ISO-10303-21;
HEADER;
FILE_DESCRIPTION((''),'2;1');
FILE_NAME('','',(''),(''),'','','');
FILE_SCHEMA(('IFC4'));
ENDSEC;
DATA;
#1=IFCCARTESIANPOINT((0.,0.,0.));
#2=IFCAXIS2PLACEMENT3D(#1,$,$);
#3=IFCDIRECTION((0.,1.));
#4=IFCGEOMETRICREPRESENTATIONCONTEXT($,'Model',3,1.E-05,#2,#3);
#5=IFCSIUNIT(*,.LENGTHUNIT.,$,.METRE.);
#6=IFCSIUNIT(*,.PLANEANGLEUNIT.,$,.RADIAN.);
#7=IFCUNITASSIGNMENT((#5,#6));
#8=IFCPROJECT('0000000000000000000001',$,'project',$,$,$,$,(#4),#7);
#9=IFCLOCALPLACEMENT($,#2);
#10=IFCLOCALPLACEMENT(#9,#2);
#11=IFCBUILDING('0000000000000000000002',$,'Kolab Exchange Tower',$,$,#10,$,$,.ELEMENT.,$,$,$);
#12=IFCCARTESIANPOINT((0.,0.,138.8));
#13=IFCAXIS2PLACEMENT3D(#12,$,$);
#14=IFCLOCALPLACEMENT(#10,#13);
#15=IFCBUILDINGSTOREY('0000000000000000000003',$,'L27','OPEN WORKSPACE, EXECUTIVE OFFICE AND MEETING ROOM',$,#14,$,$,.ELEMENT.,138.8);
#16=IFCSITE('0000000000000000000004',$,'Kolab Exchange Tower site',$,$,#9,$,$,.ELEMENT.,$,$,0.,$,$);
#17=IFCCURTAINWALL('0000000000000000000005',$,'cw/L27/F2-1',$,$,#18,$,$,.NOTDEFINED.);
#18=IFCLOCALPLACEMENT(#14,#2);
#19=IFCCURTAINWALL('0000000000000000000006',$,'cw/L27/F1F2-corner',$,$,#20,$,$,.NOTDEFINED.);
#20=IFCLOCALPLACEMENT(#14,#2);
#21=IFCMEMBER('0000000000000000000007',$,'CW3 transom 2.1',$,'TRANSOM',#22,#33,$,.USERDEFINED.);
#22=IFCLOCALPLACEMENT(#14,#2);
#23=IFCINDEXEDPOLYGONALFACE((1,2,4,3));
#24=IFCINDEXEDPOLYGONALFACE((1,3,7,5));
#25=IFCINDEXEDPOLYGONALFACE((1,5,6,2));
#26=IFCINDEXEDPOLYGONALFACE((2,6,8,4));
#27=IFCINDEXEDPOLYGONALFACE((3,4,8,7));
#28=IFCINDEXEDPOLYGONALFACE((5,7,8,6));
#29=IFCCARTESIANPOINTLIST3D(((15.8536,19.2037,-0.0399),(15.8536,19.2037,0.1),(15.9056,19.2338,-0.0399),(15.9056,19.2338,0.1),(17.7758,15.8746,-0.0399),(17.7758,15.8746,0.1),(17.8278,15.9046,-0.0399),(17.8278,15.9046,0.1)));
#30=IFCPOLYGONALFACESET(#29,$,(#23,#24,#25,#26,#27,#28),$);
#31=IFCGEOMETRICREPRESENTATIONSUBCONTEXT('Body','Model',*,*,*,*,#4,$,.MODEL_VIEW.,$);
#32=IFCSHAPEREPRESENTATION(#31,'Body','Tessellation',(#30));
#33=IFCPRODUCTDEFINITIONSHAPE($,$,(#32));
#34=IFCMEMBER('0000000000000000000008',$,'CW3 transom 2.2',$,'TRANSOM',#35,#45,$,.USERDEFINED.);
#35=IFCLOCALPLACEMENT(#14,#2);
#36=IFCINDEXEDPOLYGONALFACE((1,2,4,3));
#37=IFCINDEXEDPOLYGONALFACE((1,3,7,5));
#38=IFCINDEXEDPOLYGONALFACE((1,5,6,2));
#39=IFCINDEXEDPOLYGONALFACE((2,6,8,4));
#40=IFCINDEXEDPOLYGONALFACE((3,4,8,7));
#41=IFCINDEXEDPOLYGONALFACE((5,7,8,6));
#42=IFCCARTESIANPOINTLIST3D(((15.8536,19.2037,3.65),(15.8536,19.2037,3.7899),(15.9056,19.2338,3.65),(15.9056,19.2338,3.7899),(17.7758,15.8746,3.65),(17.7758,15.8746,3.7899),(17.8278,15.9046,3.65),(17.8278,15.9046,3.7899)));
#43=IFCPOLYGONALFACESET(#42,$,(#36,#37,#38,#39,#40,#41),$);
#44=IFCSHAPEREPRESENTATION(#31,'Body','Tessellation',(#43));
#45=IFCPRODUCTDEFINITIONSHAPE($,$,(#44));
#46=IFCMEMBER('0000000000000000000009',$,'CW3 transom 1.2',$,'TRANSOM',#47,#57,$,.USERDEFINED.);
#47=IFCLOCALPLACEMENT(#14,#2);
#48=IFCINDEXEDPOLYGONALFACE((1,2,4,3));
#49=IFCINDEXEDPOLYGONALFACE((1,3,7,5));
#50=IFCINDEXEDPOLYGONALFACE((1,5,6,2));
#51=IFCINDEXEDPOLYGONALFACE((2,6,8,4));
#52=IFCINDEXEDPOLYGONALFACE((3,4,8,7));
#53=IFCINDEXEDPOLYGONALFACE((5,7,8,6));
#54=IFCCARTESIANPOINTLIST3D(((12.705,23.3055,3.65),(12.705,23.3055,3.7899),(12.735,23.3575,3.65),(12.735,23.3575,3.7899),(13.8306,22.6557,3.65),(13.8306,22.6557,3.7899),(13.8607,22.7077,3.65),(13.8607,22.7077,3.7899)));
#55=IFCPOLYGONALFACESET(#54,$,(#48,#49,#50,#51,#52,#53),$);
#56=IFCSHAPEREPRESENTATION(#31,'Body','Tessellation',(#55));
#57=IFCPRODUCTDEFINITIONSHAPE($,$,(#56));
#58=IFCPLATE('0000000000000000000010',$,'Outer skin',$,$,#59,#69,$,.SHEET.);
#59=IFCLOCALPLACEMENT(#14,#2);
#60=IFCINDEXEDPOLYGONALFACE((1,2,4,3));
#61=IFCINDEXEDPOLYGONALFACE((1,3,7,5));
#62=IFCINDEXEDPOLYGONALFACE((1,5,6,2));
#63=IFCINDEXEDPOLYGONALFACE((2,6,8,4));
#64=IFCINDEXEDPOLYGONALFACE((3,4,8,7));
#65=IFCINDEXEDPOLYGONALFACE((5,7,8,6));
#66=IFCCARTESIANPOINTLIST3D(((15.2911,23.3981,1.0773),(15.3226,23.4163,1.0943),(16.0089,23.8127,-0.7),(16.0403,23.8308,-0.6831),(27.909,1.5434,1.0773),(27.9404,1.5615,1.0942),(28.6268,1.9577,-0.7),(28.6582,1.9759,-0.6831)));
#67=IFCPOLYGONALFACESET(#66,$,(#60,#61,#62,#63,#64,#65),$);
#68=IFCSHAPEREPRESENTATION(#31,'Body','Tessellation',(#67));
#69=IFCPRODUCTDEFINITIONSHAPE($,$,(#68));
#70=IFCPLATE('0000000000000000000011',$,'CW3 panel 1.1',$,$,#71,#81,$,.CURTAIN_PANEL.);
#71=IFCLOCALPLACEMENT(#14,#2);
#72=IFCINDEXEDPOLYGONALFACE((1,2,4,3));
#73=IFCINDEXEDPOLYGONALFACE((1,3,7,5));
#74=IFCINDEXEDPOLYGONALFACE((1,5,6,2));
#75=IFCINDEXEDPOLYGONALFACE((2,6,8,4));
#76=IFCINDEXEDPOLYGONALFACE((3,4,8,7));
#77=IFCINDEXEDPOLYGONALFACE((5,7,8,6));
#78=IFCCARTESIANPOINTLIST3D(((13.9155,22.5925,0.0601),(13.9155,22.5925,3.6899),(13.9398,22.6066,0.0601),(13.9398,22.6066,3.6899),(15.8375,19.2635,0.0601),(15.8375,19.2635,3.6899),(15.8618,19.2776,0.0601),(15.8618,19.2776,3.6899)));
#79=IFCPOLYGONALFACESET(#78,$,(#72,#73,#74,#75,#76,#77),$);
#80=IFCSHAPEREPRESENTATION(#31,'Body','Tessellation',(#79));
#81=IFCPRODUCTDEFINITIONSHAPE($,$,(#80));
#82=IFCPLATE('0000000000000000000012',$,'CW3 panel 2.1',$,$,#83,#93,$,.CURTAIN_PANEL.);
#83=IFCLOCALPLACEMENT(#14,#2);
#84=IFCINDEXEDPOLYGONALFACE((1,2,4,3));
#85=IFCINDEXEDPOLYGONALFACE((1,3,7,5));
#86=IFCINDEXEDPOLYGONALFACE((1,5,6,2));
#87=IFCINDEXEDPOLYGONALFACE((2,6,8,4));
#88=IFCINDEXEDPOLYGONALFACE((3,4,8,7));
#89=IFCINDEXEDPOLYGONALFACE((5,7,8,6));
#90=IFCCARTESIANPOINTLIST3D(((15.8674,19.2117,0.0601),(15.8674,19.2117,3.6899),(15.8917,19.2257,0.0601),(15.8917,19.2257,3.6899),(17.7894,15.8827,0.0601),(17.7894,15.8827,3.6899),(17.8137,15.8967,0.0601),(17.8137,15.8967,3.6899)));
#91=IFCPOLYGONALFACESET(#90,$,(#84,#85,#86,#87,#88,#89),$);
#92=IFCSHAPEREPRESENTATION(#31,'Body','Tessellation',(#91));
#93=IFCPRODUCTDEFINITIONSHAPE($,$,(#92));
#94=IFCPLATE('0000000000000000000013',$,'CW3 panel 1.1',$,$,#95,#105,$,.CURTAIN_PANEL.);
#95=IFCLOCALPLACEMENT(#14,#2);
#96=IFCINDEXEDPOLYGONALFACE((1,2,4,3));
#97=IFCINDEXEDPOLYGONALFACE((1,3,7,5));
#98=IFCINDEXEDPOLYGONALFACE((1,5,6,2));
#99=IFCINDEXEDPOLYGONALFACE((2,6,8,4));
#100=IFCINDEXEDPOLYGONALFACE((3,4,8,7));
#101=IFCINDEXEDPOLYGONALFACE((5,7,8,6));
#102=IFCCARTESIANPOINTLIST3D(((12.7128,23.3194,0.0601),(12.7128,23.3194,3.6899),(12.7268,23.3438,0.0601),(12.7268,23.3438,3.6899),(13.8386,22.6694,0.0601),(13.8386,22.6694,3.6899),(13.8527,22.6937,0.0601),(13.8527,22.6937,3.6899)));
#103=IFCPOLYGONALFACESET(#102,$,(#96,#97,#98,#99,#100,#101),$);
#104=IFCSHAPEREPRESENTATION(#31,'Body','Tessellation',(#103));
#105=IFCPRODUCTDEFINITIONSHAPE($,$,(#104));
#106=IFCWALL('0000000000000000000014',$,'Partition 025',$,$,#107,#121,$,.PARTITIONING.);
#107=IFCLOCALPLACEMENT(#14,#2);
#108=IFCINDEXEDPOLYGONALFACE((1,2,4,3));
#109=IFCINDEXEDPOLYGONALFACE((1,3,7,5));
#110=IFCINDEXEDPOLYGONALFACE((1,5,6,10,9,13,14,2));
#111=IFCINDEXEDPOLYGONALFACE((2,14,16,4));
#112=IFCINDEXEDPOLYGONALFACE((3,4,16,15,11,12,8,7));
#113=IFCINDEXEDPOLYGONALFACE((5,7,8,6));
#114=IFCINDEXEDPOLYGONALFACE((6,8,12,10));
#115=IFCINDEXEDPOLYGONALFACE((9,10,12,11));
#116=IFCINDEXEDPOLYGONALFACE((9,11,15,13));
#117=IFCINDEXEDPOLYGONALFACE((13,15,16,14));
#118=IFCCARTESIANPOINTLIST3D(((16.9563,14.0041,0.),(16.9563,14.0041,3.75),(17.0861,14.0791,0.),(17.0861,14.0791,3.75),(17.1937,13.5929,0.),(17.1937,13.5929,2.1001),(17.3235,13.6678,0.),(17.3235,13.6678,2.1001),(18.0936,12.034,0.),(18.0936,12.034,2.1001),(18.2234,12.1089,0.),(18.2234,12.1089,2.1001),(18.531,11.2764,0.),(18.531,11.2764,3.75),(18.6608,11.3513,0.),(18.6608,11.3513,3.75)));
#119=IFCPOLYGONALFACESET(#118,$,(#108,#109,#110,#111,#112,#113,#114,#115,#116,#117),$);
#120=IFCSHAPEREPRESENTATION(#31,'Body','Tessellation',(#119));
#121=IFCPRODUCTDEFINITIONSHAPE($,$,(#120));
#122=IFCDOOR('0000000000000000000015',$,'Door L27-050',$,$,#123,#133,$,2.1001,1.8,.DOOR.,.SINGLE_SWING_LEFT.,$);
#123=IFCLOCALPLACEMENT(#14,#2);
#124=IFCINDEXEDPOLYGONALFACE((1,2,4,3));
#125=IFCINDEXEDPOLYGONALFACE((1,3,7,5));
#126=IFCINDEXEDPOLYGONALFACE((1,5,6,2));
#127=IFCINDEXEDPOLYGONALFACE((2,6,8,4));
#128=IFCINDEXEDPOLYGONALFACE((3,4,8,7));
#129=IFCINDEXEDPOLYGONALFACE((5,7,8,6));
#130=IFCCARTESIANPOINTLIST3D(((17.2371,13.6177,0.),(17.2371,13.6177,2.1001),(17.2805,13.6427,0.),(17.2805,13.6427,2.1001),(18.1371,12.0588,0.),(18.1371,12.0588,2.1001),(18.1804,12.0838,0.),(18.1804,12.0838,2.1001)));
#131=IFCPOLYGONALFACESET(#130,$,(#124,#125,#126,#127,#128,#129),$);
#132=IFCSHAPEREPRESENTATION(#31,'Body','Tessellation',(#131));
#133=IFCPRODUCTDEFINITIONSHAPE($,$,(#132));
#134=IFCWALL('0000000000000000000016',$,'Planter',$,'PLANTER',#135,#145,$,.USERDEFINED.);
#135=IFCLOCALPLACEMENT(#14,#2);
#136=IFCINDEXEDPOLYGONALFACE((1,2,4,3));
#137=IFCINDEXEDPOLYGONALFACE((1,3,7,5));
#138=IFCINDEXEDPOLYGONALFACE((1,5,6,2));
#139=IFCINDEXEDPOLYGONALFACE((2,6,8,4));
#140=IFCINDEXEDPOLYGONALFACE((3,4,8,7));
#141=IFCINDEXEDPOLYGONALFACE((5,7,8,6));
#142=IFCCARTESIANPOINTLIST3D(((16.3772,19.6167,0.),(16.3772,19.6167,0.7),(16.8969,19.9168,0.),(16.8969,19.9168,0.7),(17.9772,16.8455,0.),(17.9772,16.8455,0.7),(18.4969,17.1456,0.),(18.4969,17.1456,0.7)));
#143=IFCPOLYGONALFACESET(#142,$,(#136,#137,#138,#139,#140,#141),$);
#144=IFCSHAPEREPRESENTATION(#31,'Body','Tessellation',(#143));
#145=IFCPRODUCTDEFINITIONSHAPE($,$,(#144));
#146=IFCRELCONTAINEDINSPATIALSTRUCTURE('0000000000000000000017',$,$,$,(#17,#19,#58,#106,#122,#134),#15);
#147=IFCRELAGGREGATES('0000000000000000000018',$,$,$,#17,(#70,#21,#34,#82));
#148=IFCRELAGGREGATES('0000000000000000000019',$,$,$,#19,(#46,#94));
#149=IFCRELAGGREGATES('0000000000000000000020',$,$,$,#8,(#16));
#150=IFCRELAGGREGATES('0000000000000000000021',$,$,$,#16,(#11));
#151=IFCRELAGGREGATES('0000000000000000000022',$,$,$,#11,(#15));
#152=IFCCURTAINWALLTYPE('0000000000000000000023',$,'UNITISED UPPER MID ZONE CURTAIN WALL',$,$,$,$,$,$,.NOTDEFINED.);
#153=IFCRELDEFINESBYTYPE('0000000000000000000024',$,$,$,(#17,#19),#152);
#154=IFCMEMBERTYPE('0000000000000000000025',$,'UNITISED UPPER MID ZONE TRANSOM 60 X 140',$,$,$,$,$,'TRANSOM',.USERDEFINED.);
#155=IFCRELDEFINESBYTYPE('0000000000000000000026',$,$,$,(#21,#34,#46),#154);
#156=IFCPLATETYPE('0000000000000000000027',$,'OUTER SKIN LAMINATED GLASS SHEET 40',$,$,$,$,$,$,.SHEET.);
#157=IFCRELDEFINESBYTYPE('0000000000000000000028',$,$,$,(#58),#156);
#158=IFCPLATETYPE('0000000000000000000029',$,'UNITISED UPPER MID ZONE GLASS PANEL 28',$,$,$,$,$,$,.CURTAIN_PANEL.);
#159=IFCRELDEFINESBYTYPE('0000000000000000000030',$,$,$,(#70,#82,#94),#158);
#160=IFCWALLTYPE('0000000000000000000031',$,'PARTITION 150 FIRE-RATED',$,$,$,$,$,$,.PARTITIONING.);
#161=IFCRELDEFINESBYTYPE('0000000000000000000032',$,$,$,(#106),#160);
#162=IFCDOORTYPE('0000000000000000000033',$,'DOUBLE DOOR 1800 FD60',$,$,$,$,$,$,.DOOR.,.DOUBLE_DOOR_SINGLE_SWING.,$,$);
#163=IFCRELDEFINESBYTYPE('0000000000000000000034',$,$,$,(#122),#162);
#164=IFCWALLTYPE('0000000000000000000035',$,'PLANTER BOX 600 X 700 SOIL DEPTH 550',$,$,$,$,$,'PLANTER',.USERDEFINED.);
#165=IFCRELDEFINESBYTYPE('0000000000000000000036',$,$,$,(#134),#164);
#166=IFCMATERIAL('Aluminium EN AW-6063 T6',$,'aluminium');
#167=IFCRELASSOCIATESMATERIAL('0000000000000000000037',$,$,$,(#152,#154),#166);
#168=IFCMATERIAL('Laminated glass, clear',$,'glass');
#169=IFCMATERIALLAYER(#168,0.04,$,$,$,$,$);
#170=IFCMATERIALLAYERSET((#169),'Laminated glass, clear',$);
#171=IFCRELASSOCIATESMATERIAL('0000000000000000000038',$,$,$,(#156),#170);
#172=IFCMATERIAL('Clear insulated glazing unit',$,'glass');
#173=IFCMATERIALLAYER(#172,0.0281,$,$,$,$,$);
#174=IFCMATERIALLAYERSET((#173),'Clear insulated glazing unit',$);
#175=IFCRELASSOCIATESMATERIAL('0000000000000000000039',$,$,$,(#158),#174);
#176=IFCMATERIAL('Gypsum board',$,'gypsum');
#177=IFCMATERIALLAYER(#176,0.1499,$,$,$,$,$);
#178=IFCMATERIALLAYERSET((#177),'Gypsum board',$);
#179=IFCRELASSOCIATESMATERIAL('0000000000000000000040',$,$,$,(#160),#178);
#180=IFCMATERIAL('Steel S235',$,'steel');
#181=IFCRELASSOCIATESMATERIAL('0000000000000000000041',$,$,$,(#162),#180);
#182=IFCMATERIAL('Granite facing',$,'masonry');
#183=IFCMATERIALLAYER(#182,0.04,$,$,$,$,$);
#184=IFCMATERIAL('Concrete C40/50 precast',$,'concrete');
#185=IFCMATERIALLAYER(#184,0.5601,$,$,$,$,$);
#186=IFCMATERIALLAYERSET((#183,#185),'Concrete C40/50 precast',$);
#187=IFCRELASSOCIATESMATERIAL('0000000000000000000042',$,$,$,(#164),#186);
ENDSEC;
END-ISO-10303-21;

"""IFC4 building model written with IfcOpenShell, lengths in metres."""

from ifc_helpers import new_model, si_unit, direction, frame, frame_2d, origin, origin_2d, place, context, subcontext, project, spatial, polyline, rectangle, outline, extrude, material, layer, layer_set, material_profile, profile_set, type_object, element, fill, aggregate, save


model = new_model("IFC4")

# Units and contexts
model_context = context("Model", 3, precision=1e-05, world=origin(), true_north=direction((0.0, 1.0)))
body_context = subcontext(model_context, "Body", "Model", "MODEL_VIEW")
ifc_project = project(units=[si_unit("LENGTHUNIT", "METRE"), si_unit("PLANEANGLEUNIT", "RADIAN")], contexts=[model_context])

# Site, building, storey
site_placement = place(None, origin())
site = spatial("IfcSite", under=ifc_project, at=site_placement, Name="Kolab Exchange Tower site", CompositionType="ELEMENT", RefElevation=0.0)
building_placement = place(site_placement, origin())
building = spatial("IfcBuilding", under=site, at=building_placement, Name="Kolab Exchange Tower", CompositionType="ELEMENT")
storey_placement = place(building_placement, frame((0.0, 0.0, 138.8)))
storey = spatial("IfcBuildingStorey", under=building, at=storey_placement, Name="L27", Description="OPEN WORKSPACE, EXECUTIVE OFFICE AND MEETING ROOM", CompositionType="ELEMENT", Elevation=138.8)

# Curtain wall
ifc_material_1 = material(Name="Aluminium EN AW-6063 T6", Category="aluminium")
curtain_wall_type = type_object("IfcCurtainWallType", Name="UNITISED UPPER MID ZONE CURTAIN WALL", PredefinedType="NOTDEFINED", material=ifc_material_1)
curtain_wall_1_placement = place(storey_placement, origin())
curtain_wall_1 = element("IfcCurtainWall", 1, at=curtain_wall_1_placement, inside=storey, type_object=curtain_wall_type, Name="cw/L27/F2-1", PredefinedType="NOTDEFINED")

# Curtain wall
curtain_wall_2_placement = place(storey_placement, origin())
curtain_wall_2 = element("IfcCurtainWall", 2, at=curtain_wall_2_placement, inside=storey, type_object=curtain_wall_type, Name="cw/L27/F1F2-corner", PredefinedType="NOTDEFINED")

# Members
ifc_material_profile_1 = material_profile(ifc_material_1, rectangle(XDim=0.0601, YDim=0.1399, at=origin_2d()), Name="RECT 60X140")
ifc_profile_set_1 = profile_set([ifc_material_profile_1], Name="Aluminium EN AW-6063 T6")
member_type_1 = type_object("IfcMemberType", Name="UNITISED UPPER MID ZONE TRANSOM 60 X 140", ElementType="TRANSOM", PredefinedType="USERDEFINED", material=ifc_profile_set_1)
member_1_placement = place(storey_placement, frame((15.8796, 19.2188, 0.03), z_axis=(0.500012, -0.866018, 0.0), x_axis=(0.866018, 0.500012, 0.0)))
member_1 = element("IfcMember", 3, at=member_1_placement, type_object=member_type_1, Name="CW3 transom 2.1", ObjectType="TRANSOM", PredefinedType="USERDEFINED", context=body_context, shape_type="SweptSolid", body=[
    extrude(rectangle(XDim=0.0601, YDim=0.1399, at=origin_2d()), origin(), (0.0, 0.0, 1.0), 3.8442),
])
member_2_placement = place(storey_placement, frame((15.8796, 19.2188, 3.72), z_axis=(0.500012, -0.866018, 0.0), x_axis=(0.866018, 0.500012, 0.0)))
member_2 = element("IfcMember", 4, at=member_2_placement, type_object=member_type_1, Name="CW3 transom 2.2", ObjectType="TRANSOM", PredefinedType="USERDEFINED", context=body_context, shape_type="SweptSolid", body=[
    extrude(rectangle(XDim=0.0601, YDim=0.1399, at=origin_2d()), origin(), (0.0, 0.0, 1.0), 3.8442),
])
member_3_placement = place(storey_placement, frame((12.72, 23.3315, 3.72), z_axis=(0.866039, -0.499977, 0.0), x_axis=(0.499977, 0.866039, 0.0)))
member_3 = element("IfcMember", 5, at=member_3_placement, type_object=member_type_1, Name="CW3 transom 1.2", ObjectType="TRANSOM", PredefinedType="USERDEFINED", context=body_context, shape_type="SweptSolid", body=[
    extrude(rectangle(XDim=0.0601, YDim=0.1399, at=origin_2d()), origin(), (0.0, 0.0, 1.0), 1.2998),
])

# Plates
ifc_material_2 = material(Name="Laminated glass, clear", Category="glass")
ifc_layer_1 = layer(ifc_material_2, 0.04)
ifc_layer_set_1 = layer_set([ifc_layer_1], Name="Laminated glass, clear")
plate_type_1 = type_object("IfcPlateType", Name="OUTER SKIN LAMINATED GLASS SHEET 40", PredefinedType="SHEET", material=ifc_layer_set_1)
plate_1_placement = place(storey_placement, frame((16.0403, 23.8308, -0.6831), z_axis=(0.784879, 0.453151, 0.422633), x_axis=(0.5, -0.866025, 0.000001)))
element("IfcPlate", 6, at=plate_1_placement, inside=storey, type_object=plate_type_1, Name="Outer skin", PredefinedType="SHEET", context=body_context, shape_type="SweptSolid", body=[
    extrude(outline(polyline([(0.0, 0.0), (25.2359, 0.0), (25.2358, -1.9611), (0.0001, -1.9611), (0.0, 0.0)])), origin(), (0.0, 0.0, -1.0), 0.04),
])
ifc_material_3 = material(Name="Clear insulated glazing unit", Category="glass")
ifc_layer_2 = layer(ifc_material_3, 0.0281)
ifc_layer_set_2 = layer_set([ifc_layer_2], Name="Clear insulated glazing unit")
plate_type_2 = type_object("IfcPlateType", Name="UNITISED UPPER MID ZONE GLASS PANEL 28", PredefinedType="CURTAIN_PANEL", material=ifc_layer_set_2)
plate_2_placement = place(storey_placement, frame((14.8887, 20.9351, 0.0601), z_axis=(0.0, 0.0, 1.0), x_axis=(0.5, -0.866025, 0.0)))
plate_2 = element("IfcPlate", 7, at=plate_2_placement, type_object=plate_type_2, Name="CW3 panel 1.1", PredefinedType="CURTAIN_PANEL", context=body_context, shape_type="SweptSolid", body=[
    extrude(rectangle(XDim=3.844, YDim=0.0281, at=origin_2d()), origin(), (0.0, 0.0, 1.0), 3.6299),
])
plate_3_placement = place(storey_placement, frame((16.8406, 17.5542, 0.0601), z_axis=(0.0, 0.0, 1.0), x_axis=(0.5, -0.866025, 0.0)))
plate_3 = element("IfcPlate", 8, at=plate_3_placement, type_object=plate_type_2, Name="CW3 panel 2.1", PredefinedType="CURTAIN_PANEL", context=body_context, shape_type="SweptSolid", body=[
    extrude(rectangle(XDim=3.844, YDim=0.0281, at=origin_2d()), origin(), (0.0, 0.0, 1.0), 3.6299),
])
aggregate(curtain_wall_1, [plate_2, member_1, member_2, plate_3])
plate_4_placement = place(storey_placement, frame((13.2827, 23.0066, 0.0601), z_axis=(0.0, 0.0, 1.0), x_axis=(0.866025, -0.5, 0.0)))
plate_4 = element("IfcPlate", 9, at=plate_4_placement, type_object=plate_type_2, Name="CW3 panel 1.1", PredefinedType="CURTAIN_PANEL", context=body_context, shape_type="SweptSolid", body=[
    extrude(rectangle(XDim=1.3, YDim=0.0281, at=origin_2d()), origin(), (0.0, 0.0, 1.0), 3.6299),
])
aggregate(curtain_wall_2, [member_3, plate_4])

# Wall, opening, door
ifc_material_4 = material(Name="Gypsum board", Category="gypsum")
ifc_layer_3 = layer(ifc_material_4, 0.1499)
ifc_layer_set_3 = layer_set([ifc_layer_3], Name="Gypsum board")
wall_type_1 = type_object("IfcWallType", Name="PARTITION 150 FIRE-RATED", PredefinedType="PARTITIONING", material=ifc_layer_set_3)
wall_1_placement = place(storey_placement, frame((17.0212, 14.0415, 0.0), z_axis=(0.0, 0.0, 1.0), x_axis=(0.499957, -0.86605, 0.0)))
wall_1 = element("IfcWall", 10, at=wall_1_placement, inside=storey, type_object=wall_type_1, Name="Partition 025", PredefinedType="PARTITIONING", context=body_context, shape_type="SweptSolid", body=[
    extrude(rectangle(XDim=3.1497, YDim=0.1499, at=frame_2d((1.5747, 0.0))), origin(), (0.0, 0.0, 1.0), 3.75),
])
opening_1_placement = place(wall_1_placement, frame((0.4749, 0.0, 0.0)))
opening_1 = element("IfcOpeningElement", 11, at=opening_1_placement, cuts=wall_1, PredefinedType="OPENING", context=body_context, shape_type="SweptSolid", body=[
    extrude(rectangle(XDim=1.8, YDim=2.1001, at=frame_2d((0.8999, 1.05))), frame((0.0, 0.085, 0.0), z_axis=(0.0, -1.0, 0.0), x_axis=(1.0, 0.0, 0.0)), (0.0, 0.0, 1.0), 0.1699),
])
ifc_material_5 = material(Name="Steel S235", Category="steel")
door_type_1 = type_object("IfcDoorType", Name="DOUBLE DOOR 1800 FD60", OperationType="DOUBLE_DOOR_SINGLE_SWING", PredefinedType="DOOR", material=ifc_material_5)
door_1_placement = place(opening_1_placement, frame((1.8, 0.0, 0.0), z_axis=(0.0, 0.0, 1.0), x_axis=(-1.0, 0.0, 0.0)))
door_1 = element("IfcDoor", 12, at=door_1_placement, inside=storey, type_object=door_type_1, Name="Door L27-050", OperationType="SINGLE_SWING_LEFT", OverallHeight=2.1001, OverallWidth=1.8, PredefinedType="DOOR", context=body_context, shape_type="SweptSolid", body=[
    extrude(rectangle(XDim=1.8, YDim=2.1001, at=frame_2d((0.8999, 1.05))), frame((0.0, 0.0249, 0.0), z_axis=(0.0, -1.0, 0.0), x_axis=(1.0, 0.0, 0.0)), (0.0, 0.0, 1.0), 0.05),
])
fill(opening_1, door_1)

# Wall
ifc_material_6 = material(Name="Granite facing", Category="masonry")
ifc_layer_4 = layer(ifc_material_6, 0.04)
ifc_material_7 = material(Name="Concrete C40/50 precast", Category="concrete")
ifc_layer_5 = layer(ifc_material_7, 0.5601)
ifc_layer_set_4 = layer_set([ifc_layer_4, ifc_layer_5], Name="Concrete C40/50 precast")
wall_type_2 = type_object("IfcWallType", Name="PLANTER BOX 600 X 700 SOIL DEPTH 550", ElementType="PLANTER", PredefinedType="USERDEFINED", material=ifc_layer_set_4)
wall_2_placement = place(storey_placement, frame((16.637, 19.7668, 0.0), z_axis=(0.0, 0.0, 1.0), x_axis=(0.500028, -0.866009, 0.0)))
element("IfcWall", 13, at=wall_2_placement, inside=storey, type_object=wall_type_2, Name="Planter", ObjectType="PLANTER", PredefinedType="USERDEFINED", context=body_context, shape_type="SweptSolid", body=[
    extrude(rectangle(XDim=3.2, YDim=0.6001, at=frame_2d((1.6001, 0.0))), origin(), (0.0, 0.0, 1.0), 0.7),
])

save(model, "model.ifc")
